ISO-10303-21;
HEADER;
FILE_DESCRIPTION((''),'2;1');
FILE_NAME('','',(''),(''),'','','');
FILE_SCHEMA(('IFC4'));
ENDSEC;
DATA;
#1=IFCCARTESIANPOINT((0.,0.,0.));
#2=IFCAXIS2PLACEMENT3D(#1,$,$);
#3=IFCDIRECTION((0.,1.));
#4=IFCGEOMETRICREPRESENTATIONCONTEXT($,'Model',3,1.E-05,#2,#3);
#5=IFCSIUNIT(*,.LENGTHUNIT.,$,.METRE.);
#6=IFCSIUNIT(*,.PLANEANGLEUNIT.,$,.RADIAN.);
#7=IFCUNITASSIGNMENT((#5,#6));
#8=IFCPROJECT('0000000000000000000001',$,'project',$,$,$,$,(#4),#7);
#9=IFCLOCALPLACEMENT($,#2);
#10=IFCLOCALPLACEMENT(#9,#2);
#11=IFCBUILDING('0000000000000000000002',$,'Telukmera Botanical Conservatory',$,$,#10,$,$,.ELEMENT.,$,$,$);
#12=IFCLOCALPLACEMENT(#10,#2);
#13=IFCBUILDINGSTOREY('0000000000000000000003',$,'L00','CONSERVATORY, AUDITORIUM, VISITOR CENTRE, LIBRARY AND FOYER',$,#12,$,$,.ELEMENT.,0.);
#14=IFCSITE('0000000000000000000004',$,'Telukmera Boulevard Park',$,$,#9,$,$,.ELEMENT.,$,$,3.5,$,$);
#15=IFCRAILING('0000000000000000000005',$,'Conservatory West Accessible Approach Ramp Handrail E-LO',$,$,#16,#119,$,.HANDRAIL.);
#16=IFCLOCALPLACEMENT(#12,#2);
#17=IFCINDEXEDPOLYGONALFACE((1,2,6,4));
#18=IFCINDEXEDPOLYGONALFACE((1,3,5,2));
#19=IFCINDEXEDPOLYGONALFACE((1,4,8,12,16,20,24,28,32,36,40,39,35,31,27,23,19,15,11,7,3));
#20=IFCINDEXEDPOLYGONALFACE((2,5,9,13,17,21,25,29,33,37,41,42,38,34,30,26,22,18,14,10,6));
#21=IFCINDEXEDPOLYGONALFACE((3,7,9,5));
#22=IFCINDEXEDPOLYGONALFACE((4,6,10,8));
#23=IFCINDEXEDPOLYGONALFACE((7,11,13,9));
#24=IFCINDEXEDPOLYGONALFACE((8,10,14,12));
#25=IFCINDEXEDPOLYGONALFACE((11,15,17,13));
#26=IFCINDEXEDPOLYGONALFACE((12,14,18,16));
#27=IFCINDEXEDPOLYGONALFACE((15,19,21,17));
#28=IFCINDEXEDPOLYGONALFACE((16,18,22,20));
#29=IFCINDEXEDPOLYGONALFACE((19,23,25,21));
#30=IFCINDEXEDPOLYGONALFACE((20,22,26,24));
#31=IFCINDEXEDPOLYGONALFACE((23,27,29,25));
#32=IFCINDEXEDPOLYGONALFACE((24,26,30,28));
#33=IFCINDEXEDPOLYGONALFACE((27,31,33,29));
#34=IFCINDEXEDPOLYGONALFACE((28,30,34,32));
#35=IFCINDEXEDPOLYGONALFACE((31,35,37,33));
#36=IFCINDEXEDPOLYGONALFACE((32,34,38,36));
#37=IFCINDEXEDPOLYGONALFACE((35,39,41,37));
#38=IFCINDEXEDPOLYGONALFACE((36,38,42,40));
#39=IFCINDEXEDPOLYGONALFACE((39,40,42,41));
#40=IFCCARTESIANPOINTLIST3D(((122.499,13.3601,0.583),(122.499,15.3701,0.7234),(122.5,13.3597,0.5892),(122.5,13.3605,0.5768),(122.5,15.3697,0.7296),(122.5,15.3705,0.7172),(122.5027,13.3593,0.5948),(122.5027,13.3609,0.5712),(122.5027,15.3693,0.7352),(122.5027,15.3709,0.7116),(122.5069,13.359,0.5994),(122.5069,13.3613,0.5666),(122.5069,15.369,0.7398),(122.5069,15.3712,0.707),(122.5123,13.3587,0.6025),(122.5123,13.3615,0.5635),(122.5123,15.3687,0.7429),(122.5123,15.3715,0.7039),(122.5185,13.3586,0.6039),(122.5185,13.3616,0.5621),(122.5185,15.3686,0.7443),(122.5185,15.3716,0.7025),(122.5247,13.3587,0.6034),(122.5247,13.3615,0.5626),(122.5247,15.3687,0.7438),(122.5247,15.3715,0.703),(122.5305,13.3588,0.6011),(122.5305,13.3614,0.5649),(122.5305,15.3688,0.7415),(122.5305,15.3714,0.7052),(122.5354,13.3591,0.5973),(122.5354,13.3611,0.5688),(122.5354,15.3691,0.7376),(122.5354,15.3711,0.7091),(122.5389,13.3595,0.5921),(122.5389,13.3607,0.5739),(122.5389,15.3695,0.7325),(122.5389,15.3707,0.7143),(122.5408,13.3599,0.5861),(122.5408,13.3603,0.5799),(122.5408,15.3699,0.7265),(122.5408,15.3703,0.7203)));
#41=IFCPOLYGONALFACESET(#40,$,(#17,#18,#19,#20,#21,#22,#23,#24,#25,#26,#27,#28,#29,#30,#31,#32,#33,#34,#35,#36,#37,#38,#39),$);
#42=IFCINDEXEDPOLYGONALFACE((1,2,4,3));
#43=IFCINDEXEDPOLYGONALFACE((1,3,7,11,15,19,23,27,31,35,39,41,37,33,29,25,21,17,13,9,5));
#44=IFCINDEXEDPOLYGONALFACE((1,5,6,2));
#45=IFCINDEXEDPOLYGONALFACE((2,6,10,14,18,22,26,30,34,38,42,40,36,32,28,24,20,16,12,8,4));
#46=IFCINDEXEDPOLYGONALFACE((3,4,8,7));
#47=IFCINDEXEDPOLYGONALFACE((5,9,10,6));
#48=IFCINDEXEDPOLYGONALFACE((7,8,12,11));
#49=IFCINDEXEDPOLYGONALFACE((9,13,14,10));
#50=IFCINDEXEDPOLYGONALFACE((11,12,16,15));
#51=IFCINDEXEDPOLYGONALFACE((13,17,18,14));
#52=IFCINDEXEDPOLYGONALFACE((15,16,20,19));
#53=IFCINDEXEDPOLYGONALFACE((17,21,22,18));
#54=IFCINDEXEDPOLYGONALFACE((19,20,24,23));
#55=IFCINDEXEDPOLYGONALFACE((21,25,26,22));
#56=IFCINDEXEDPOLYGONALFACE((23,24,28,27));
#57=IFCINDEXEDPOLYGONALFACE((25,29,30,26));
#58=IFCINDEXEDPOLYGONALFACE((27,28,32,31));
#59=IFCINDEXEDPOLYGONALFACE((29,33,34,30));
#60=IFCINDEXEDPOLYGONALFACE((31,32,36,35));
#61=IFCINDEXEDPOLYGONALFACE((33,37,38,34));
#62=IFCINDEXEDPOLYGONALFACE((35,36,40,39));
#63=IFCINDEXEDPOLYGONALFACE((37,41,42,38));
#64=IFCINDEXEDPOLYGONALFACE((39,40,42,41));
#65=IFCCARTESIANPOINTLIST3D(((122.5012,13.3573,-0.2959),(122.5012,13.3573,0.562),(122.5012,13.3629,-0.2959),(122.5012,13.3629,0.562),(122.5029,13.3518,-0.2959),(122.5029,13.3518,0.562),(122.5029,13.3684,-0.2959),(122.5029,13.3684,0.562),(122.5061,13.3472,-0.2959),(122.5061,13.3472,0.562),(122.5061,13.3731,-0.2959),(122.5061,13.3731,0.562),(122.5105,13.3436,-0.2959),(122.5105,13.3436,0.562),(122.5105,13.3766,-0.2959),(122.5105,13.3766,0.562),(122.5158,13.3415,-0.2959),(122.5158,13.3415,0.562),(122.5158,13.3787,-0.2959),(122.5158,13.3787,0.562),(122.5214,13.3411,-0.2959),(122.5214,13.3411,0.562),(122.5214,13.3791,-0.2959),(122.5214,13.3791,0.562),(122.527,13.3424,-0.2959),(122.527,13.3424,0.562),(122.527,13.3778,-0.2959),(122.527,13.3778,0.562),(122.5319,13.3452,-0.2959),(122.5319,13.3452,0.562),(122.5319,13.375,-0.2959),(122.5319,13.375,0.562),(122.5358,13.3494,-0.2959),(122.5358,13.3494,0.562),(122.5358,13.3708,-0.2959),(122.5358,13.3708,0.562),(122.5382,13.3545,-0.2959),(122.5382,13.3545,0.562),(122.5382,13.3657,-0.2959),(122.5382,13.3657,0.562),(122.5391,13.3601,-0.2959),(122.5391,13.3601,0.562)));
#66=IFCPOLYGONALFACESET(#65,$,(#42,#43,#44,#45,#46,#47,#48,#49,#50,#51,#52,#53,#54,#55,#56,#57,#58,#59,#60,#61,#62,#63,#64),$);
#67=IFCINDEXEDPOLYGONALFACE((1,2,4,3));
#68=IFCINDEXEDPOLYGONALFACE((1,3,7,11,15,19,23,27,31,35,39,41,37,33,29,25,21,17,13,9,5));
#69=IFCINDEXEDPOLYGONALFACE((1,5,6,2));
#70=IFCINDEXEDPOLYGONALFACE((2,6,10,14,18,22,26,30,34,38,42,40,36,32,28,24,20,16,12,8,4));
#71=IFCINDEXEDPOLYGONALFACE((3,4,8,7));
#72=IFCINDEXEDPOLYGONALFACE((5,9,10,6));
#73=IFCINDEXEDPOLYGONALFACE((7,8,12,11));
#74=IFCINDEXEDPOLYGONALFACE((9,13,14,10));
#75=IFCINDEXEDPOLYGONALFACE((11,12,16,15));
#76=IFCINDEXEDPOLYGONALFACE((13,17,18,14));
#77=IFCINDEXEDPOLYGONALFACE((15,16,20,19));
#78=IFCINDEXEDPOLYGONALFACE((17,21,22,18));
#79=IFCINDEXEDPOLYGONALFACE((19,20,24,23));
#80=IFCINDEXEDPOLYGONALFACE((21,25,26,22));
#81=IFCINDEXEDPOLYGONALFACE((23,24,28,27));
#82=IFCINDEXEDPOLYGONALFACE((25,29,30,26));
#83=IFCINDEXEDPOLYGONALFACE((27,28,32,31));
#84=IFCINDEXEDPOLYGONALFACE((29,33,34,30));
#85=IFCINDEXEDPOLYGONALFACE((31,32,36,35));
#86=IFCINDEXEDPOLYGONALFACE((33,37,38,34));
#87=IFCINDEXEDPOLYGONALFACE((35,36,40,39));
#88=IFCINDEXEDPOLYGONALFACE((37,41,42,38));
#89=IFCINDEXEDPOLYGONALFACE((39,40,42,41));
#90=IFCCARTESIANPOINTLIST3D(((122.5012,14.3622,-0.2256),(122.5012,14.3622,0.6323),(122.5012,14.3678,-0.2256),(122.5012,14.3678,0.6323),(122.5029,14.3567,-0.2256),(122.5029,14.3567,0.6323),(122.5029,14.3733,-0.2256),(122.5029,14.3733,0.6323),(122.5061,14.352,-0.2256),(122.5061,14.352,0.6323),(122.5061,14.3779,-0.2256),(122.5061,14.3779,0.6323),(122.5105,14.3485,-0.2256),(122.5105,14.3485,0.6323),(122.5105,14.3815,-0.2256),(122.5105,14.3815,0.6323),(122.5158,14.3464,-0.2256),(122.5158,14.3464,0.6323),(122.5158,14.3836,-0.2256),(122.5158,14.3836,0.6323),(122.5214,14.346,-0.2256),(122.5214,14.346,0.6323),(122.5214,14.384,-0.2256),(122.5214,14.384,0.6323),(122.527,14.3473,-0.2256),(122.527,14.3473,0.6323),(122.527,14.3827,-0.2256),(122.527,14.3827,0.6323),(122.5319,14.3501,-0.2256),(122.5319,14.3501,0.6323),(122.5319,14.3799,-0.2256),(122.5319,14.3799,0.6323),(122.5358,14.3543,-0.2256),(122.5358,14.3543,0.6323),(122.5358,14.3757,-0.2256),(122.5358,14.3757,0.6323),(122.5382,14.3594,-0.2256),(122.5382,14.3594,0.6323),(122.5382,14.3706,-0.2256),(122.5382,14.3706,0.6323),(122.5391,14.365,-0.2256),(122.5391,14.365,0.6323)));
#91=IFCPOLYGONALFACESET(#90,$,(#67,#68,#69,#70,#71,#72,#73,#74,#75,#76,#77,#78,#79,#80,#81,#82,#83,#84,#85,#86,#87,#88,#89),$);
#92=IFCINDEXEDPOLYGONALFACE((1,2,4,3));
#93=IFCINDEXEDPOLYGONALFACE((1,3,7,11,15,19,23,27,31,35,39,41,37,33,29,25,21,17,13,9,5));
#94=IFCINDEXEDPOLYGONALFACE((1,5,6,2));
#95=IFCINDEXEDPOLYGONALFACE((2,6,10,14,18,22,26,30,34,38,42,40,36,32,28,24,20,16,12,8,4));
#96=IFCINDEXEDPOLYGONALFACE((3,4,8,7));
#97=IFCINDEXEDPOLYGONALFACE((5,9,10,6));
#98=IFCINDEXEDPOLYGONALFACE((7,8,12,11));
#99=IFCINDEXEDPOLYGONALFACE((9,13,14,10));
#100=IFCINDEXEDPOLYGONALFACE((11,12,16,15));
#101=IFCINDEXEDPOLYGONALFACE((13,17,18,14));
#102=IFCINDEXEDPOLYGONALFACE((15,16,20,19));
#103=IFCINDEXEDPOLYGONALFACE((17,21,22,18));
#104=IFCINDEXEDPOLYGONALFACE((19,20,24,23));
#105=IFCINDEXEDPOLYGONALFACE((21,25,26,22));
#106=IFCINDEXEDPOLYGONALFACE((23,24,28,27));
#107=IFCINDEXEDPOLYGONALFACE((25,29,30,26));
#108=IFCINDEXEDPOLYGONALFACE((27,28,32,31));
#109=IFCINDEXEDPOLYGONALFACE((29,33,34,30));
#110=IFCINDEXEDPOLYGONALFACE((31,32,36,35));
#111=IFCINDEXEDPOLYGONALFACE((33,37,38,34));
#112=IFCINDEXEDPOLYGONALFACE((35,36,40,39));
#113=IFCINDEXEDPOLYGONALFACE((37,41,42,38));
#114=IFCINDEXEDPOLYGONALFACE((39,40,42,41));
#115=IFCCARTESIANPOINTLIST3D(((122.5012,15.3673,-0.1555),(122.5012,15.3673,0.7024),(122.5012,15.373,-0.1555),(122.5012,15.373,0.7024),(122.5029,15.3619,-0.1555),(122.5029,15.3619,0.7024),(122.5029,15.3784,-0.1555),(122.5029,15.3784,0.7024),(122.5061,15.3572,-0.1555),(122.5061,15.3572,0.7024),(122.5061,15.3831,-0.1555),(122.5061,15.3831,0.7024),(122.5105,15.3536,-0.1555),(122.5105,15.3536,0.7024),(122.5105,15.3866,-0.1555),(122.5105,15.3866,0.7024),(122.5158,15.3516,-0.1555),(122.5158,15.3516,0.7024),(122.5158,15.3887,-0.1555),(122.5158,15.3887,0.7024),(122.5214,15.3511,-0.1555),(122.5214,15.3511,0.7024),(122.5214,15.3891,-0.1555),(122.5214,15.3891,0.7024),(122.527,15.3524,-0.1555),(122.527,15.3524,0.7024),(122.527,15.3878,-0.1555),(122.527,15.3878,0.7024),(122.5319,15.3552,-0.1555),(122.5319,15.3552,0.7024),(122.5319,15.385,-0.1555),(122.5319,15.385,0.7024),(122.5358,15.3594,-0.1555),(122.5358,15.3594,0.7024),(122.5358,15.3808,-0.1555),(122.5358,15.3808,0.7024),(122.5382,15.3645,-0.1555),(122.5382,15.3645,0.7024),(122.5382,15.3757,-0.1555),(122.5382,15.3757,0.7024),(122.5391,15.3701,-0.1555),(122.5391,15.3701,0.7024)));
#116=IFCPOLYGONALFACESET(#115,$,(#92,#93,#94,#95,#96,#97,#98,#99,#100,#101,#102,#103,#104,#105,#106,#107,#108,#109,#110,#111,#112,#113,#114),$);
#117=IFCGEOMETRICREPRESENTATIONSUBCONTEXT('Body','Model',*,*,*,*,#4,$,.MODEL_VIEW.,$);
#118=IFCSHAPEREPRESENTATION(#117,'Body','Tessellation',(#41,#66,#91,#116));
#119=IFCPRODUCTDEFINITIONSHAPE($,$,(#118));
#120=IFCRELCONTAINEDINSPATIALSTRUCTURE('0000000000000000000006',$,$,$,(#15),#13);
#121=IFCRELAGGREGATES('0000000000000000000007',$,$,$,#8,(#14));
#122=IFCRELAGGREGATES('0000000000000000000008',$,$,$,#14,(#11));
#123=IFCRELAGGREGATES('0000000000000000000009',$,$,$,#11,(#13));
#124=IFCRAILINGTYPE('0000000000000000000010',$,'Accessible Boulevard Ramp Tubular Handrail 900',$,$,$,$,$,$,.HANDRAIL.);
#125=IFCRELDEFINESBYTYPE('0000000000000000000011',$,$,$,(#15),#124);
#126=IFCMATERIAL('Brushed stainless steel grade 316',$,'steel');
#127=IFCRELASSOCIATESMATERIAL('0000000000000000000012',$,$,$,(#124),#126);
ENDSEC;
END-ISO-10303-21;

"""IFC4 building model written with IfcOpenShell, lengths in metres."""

from ifc_helpers import new_model, si_unit, direction, frame, origin, origin_2d, place, context, subcontext, project, spatial, circle, extrude, material, type_object, element, save


model = new_model("IFC4")

# Units and contexts
model_context = context("Model", 3, precision=1e-05, world=origin(), true_north=direction((0.0, 1.0)))
body_context = subcontext(model_context, "Body", "Model", "MODEL_VIEW")
ifc_project = project(units=[si_unit("LENGTHUNIT", "METRE"), si_unit("PLANEANGLEUNIT", "RADIAN")], contexts=[model_context])

# Site, building, storey
site_placement = place(None, origin())
site = spatial("IfcSite", under=ifc_project, at=site_placement, Name="Telukmera Boulevard Park", CompositionType="ELEMENT", RefElevation=3.5)
building_placement = place(site_placement, origin())
building = spatial("IfcBuilding", under=site, at=building_placement, Name="Telukmera Botanical Conservatory", CompositionType="ELEMENT")
storey_placement = place(building_placement, origin())
storey = spatial("IfcBuildingStorey", under=building, at=storey_placement, Name="L00", Description="CONSERVATORY, AUDITORIUM, VISITOR CENTRE, LIBRARY AND FOYER", CompositionType="ELEMENT", Elevation=0.0)

# Railing
ifc_material_1 = material(Name="Brushed stainless steel grade 316", Category="steel")
railing_type = type_object("IfcRailingType", Name="Accessible Boulevard Ramp Tubular Handrail 900", PredefinedType="HANDRAIL", material=ifc_material_1)
railing_1_placement = place(storey_placement, frame((122.52, 13.3601, -0.2959)))
element("IfcRailing", 1, at=railing_1_placement, inside=storey, type_object=railing_type, Name="Conservatory West Accessible Approach Ramp Handrail E-LO", PredefinedType="HANDRAIL", context=body_context, shape_type="SweptSolid", body=[
    extrude(circle(Radius=0.021, at=origin_2d()), frame((0.0, 0.0, 0.8789), z_axis=(0.0, 0.99757, 0.069671), x_axis=(-1.0, 0.0, 0.0)), (0.0, 0.0, 1.0), 2.0149),
    extrude(circle(Radius=0.019, at=origin_2d()), origin(), (0.0, 0.0, 1.0), 0.8579),
    extrude(circle(Radius=0.019, at=origin_2d()), frame((0.0, 1.0049, 0.0703)), (0.0, 0.0, 1.0), 0.8579),
    extrude(circle(Radius=0.019, at=origin_2d()), frame((0.0, 2.01, 0.1404)), (0.0, 0.0, 1.0), 0.8579),
])

save(model, "model.ifc")
